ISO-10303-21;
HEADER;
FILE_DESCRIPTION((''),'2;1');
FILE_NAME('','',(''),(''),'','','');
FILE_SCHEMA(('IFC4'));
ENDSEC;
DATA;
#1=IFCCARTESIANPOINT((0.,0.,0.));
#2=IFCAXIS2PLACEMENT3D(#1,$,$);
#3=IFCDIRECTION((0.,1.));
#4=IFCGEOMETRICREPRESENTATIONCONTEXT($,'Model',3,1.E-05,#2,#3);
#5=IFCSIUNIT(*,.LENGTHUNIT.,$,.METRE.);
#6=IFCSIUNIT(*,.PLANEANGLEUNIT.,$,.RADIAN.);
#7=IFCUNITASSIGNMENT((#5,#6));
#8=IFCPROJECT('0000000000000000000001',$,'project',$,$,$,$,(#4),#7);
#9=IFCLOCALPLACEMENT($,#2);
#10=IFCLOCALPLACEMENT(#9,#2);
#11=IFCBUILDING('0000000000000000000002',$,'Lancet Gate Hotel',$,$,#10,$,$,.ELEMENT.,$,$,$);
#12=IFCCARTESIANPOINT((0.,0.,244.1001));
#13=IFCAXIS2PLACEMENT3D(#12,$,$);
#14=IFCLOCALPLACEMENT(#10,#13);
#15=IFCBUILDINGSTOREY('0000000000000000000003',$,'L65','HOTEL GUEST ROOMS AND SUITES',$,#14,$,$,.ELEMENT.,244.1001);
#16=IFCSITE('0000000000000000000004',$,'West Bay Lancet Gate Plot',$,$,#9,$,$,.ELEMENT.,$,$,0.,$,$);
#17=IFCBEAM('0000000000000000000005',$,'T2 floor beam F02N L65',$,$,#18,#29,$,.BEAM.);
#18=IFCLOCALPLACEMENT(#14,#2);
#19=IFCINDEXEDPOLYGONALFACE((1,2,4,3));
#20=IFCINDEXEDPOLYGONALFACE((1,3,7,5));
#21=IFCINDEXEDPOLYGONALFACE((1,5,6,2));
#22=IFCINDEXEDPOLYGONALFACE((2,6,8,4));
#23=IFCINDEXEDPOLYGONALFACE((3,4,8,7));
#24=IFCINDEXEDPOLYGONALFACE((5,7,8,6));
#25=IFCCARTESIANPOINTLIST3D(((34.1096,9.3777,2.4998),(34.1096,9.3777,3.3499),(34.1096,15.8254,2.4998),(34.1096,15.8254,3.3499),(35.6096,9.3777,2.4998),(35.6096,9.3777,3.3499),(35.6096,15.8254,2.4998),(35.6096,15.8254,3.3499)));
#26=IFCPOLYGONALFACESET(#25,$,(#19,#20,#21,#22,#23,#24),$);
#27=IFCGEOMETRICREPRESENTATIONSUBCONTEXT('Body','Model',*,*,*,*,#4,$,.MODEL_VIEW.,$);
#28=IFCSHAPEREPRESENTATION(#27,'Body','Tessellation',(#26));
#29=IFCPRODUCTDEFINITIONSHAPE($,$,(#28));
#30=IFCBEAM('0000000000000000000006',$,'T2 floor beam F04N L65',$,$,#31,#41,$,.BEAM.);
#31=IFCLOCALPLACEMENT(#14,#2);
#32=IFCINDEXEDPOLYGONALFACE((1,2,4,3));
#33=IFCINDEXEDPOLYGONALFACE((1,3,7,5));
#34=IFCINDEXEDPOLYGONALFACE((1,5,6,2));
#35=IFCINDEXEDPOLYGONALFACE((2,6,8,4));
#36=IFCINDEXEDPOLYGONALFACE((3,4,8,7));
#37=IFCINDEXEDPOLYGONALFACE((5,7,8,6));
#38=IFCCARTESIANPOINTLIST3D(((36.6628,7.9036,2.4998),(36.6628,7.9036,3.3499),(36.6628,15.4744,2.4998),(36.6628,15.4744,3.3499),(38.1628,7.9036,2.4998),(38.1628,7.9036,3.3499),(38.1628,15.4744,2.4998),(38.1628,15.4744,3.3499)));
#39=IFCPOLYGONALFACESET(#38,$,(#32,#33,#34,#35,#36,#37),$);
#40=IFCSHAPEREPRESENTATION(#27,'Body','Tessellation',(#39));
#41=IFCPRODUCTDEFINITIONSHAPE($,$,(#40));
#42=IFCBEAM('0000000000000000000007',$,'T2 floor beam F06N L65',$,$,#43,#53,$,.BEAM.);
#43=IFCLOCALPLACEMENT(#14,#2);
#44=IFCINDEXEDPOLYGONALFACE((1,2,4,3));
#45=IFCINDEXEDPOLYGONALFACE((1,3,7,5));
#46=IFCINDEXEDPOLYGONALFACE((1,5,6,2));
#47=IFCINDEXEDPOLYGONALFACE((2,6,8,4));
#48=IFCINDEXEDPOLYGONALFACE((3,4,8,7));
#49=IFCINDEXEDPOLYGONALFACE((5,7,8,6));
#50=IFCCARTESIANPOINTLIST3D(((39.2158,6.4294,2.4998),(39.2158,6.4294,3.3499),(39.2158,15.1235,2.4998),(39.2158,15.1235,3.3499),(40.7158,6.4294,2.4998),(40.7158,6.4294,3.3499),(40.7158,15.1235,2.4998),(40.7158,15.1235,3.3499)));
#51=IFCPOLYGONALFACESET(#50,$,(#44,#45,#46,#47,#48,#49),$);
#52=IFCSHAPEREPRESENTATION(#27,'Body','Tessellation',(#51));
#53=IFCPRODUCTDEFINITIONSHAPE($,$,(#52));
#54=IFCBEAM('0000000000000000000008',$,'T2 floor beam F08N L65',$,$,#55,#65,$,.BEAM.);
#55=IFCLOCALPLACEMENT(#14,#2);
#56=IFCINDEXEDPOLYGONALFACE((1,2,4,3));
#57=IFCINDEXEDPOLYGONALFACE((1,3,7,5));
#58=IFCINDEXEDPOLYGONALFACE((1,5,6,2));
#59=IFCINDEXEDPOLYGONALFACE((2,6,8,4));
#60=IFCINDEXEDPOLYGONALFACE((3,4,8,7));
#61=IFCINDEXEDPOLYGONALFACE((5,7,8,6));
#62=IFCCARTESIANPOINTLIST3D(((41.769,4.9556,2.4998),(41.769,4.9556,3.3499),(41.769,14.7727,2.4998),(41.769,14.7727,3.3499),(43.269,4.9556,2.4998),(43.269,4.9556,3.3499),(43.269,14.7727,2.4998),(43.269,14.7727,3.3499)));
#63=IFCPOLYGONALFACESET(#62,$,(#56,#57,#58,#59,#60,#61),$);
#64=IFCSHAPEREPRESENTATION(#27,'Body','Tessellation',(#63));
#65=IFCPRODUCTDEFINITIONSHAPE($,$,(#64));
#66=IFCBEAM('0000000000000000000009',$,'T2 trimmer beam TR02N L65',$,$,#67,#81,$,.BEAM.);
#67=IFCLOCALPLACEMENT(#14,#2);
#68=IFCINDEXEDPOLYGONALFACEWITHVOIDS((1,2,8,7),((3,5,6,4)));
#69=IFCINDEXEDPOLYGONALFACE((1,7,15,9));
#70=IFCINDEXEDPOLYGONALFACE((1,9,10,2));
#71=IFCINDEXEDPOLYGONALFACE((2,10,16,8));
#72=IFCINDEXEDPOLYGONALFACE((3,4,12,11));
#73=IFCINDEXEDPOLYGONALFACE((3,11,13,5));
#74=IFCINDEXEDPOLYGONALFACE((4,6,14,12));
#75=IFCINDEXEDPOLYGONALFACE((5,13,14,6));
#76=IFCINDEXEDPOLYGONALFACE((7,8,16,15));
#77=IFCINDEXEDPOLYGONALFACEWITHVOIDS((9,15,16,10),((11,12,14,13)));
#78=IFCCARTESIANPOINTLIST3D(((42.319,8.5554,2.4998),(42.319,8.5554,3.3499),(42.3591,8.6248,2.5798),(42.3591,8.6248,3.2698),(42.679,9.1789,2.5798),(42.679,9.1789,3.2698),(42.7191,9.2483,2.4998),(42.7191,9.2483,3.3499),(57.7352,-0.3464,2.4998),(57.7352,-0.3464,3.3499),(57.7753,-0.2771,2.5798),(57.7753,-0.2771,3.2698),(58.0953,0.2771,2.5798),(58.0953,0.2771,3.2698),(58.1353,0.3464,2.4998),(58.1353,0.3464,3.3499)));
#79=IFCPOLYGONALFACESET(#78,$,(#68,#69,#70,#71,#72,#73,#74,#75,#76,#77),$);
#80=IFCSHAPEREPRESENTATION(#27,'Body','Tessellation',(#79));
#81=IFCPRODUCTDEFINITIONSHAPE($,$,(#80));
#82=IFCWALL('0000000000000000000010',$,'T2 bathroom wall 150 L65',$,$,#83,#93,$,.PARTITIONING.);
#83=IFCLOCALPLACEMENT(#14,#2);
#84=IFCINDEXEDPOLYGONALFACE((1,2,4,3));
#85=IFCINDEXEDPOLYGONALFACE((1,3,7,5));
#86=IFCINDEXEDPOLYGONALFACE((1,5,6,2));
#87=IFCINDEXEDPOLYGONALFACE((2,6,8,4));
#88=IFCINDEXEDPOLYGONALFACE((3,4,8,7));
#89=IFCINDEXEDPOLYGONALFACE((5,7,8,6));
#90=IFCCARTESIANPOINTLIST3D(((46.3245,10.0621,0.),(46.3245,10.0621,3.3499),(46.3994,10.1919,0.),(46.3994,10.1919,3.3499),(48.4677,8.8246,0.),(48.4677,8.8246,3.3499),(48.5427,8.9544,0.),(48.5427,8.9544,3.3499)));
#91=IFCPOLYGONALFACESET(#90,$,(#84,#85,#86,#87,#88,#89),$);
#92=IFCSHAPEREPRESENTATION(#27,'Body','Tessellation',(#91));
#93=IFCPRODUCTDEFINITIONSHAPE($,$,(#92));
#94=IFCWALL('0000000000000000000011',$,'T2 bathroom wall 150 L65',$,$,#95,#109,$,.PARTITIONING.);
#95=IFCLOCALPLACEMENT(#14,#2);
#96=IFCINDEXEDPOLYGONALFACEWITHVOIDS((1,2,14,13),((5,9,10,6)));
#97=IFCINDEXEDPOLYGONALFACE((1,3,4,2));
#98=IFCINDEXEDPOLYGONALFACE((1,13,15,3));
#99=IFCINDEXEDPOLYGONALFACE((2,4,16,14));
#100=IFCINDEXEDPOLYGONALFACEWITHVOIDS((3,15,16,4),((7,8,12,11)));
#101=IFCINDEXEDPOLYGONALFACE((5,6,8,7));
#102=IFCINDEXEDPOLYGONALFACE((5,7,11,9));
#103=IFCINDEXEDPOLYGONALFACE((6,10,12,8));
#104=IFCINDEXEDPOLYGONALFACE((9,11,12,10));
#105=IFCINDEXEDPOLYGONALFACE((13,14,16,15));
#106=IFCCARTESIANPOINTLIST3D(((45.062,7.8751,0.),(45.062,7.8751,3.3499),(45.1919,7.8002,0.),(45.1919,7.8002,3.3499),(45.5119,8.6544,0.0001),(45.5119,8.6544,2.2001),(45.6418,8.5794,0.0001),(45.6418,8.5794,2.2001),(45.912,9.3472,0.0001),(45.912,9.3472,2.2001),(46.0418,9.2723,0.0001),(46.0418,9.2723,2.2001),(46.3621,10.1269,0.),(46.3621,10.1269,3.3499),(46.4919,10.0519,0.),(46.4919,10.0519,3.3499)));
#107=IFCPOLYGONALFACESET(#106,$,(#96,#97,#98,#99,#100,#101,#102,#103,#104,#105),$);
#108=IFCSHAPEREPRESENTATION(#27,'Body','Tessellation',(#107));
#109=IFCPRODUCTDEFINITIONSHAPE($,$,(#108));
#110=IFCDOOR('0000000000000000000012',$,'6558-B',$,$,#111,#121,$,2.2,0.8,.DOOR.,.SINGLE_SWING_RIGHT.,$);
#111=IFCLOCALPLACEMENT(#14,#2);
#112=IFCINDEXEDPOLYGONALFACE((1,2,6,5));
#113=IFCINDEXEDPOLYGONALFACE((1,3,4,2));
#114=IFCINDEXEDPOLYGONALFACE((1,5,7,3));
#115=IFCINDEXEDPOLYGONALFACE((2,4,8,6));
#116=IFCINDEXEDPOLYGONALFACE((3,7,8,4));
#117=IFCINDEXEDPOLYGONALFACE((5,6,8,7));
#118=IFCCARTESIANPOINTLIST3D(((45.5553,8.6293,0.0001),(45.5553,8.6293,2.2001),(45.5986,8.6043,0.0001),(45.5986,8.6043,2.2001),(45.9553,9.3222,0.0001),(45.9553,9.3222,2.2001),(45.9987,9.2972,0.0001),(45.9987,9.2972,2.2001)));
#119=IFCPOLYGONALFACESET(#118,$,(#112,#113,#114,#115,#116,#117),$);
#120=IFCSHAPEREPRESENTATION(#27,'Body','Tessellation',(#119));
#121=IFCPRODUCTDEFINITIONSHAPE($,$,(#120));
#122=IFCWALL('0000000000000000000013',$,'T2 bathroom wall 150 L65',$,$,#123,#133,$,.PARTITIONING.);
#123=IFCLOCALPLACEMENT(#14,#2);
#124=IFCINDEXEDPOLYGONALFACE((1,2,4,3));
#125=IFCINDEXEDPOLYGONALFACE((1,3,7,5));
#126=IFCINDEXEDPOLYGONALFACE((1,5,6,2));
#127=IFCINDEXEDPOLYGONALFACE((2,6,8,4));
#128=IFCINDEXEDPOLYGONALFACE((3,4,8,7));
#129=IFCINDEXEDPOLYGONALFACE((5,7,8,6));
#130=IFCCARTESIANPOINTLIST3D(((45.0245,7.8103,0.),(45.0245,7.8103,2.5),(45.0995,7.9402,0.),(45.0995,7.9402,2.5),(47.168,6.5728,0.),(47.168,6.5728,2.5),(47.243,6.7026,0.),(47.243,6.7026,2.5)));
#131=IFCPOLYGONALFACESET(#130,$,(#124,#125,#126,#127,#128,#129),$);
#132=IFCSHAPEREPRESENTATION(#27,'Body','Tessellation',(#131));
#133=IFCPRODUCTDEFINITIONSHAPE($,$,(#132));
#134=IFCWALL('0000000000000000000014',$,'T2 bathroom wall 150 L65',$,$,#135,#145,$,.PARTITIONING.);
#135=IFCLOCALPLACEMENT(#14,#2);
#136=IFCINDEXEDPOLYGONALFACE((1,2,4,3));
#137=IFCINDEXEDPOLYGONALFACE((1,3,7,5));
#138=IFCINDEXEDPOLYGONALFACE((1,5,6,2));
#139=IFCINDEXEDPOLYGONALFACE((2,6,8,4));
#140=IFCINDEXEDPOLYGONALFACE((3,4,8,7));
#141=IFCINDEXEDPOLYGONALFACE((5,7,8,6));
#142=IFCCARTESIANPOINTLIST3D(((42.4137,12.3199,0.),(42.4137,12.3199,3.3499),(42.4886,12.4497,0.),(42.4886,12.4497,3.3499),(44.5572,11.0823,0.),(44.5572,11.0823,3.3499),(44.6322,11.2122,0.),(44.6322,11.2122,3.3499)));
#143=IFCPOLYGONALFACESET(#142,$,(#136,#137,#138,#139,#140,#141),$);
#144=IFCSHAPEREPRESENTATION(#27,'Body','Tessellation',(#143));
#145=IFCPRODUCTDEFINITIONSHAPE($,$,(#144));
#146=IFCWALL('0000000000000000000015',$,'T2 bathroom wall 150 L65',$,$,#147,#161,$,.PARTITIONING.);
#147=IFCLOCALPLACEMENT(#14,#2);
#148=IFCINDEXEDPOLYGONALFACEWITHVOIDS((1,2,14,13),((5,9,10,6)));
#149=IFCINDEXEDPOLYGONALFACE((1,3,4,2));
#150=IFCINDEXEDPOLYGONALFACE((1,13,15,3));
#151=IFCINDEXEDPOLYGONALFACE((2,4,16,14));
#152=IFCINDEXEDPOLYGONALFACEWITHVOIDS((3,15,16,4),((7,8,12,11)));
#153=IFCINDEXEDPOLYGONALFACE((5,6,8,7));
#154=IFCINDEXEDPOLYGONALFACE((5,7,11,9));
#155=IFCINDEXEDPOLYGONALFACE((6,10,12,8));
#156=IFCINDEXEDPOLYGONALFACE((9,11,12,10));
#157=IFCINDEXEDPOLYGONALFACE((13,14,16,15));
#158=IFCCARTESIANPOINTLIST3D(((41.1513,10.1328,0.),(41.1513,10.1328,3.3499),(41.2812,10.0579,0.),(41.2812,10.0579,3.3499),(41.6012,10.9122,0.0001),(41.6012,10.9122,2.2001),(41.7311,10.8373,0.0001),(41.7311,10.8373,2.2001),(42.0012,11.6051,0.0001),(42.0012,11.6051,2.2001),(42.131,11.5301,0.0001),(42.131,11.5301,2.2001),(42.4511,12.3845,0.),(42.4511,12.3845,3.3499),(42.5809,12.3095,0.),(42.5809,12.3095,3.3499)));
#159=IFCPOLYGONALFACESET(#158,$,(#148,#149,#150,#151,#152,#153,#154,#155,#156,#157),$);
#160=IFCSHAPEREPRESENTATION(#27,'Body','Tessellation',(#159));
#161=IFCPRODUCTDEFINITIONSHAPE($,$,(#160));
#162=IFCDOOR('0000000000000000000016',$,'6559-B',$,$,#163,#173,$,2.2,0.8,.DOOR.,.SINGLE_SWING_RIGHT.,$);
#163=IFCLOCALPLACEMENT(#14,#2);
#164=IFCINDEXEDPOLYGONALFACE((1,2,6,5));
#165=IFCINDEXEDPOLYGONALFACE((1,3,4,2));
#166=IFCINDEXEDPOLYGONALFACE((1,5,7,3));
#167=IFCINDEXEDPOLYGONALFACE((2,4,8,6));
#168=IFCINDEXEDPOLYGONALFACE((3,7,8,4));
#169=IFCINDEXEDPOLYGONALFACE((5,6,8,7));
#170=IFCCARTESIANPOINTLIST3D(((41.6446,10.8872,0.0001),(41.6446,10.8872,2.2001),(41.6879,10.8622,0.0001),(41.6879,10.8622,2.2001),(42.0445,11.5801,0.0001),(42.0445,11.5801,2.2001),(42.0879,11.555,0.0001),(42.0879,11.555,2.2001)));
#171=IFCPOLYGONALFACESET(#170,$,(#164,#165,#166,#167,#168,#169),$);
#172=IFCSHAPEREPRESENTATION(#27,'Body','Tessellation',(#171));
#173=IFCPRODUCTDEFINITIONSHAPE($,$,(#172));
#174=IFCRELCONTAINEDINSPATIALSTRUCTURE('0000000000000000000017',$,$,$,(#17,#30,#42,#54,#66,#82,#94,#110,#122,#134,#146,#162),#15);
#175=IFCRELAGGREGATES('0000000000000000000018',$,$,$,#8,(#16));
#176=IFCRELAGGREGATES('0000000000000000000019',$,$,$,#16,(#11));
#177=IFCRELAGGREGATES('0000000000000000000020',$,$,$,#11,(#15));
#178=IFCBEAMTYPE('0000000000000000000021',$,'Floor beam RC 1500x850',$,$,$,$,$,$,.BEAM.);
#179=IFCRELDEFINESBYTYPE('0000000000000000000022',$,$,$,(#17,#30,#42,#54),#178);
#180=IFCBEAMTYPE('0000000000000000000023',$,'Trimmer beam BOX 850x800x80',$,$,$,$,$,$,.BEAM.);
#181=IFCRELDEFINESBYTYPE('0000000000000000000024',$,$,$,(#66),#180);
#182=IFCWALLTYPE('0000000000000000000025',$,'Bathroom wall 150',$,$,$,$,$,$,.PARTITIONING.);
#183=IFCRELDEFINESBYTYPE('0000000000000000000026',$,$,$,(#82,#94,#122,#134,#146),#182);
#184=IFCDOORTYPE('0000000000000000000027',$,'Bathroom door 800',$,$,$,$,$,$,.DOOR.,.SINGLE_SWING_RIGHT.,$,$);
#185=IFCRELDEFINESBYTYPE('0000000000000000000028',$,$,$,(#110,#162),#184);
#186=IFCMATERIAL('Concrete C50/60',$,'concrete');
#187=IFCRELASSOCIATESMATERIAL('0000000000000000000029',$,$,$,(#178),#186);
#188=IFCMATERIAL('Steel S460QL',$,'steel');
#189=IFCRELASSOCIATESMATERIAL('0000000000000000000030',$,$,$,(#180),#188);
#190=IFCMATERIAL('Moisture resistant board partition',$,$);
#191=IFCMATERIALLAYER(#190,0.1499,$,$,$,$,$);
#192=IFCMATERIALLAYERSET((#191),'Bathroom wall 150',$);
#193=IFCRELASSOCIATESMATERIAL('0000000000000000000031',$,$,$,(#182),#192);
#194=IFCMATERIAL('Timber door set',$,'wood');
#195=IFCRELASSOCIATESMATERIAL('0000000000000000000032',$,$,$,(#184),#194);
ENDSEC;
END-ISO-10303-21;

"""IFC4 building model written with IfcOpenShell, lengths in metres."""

from ifc_helpers import new_model, si_unit, direction, frame, frame_2d, origin, origin_2d, place, context, subcontext, project, spatial, rectangle, hollow_rectangle, extrude, material, layer, layer_set, material_profile, profile_set, type_object, element, fill, save


model = new_model("IFC4")

# Units and contexts
model_context = context("Model", 3, precision=1e-05, world=origin(), true_north=direction((0.0, 1.0)))
body_context = subcontext(model_context, "Body", "Model", "MODEL_VIEW")
ifc_project = project(units=[si_unit("LENGTHUNIT", "METRE"), si_unit("PLANEANGLEUNIT", "RADIAN")], contexts=[model_context])

# Site, building, storey
site_placement = place(None, origin())
site = spatial("IfcSite", under=ifc_project, at=site_placement, Name="West Bay Lancet Gate Plot", CompositionType="ELEMENT", RefElevation=0.0)
building_placement = place(site_placement, origin())
building = spatial("IfcBuilding", under=site, at=building_placement, Name="Lancet Gate Hotel", CompositionType="ELEMENT")
storey_placement = place(building_placement, frame((0.0, 0.0, 244.1001)))
storey = spatial("IfcBuildingStorey", under=building, at=storey_placement, Name="L65", Description="HOTEL GUEST ROOMS AND SUITES", CompositionType="ELEMENT", Elevation=244.1001)

# Beams
ifc_material_1 = material(Name="Concrete C50/60", Category="concrete")
ifc_material_profile_1 = material_profile(ifc_material_1, rectangle(XDim=1.5, YDim=0.8501, at=origin_2d()), Name="RC 1500x850")
ifc_profile_set_1 = profile_set([ifc_material_profile_1], Name="Concrete C50/60")
beam_type_1 = type_object("IfcBeamType", Name="Floor beam RC 1500x850", PredefinedType="BEAM", material=ifc_profile_set_1)
beam_1_placement = place(storey_placement, frame((34.8596, 9.3777, 2.9248), z_axis=(0.0, 1.0, 0.0), x_axis=(-1.0, 0.0, 0.0)))
element("IfcBeam", 1, at=beam_1_placement, inside=storey, type_object=beam_type_1, Name="T2 floor beam F02N L65", PredefinedType="BEAM", context=body_context, shape_type="SweptSolid", body=[
    extrude(rectangle(XDim=1.5, YDim=0.8501, at=origin_2d()), origin(), (0.0, 0.0, 1.0), 6.4478),
])
beam_2_placement = place(storey_placement, frame((37.4128, 7.9036, 2.9248), z_axis=(0.0, 1.0, 0.0), x_axis=(-1.0, 0.0, 0.0)))
element("IfcBeam", 2, at=beam_2_placement, inside=storey, type_object=beam_type_1, Name="T2 floor beam F04N L65", PredefinedType="BEAM", context=body_context, shape_type="SweptSolid", body=[
    extrude(rectangle(XDim=1.5, YDim=0.8501, at=origin_2d()), origin(), (0.0, 0.0, 1.0), 7.5708),
])
beam_3_placement = place(storey_placement, frame((39.9658, 6.4294, 2.9248), z_axis=(0.0, 1.0, 0.0), x_axis=(-1.0, 0.0, 0.0)))
element("IfcBeam", 3, at=beam_3_placement, inside=storey, type_object=beam_type_1, Name="T2 floor beam F06N L65", PredefinedType="BEAM", context=body_context, shape_type="SweptSolid", body=[
    extrude(rectangle(XDim=1.5, YDim=0.8501, at=origin_2d()), origin(), (0.0, 0.0, 1.0), 8.6941),
])
beam_4_placement = place(storey_placement, frame((42.519, 4.9556, 2.9248), z_axis=(0.0, 1.0, 0.0), x_axis=(-1.0, 0.0, 0.0)))
element("IfcBeam", 4, at=beam_4_placement, inside=storey, type_object=beam_type_1, Name="T2 floor beam F08N L65", PredefinedType="BEAM", context=body_context, shape_type="SweptSolid", body=[
    extrude(rectangle(XDim=1.5, YDim=0.8501, at=origin_2d()), origin(), (0.0, 0.0, 1.0), 9.8171),
])
ifc_material_2 = material(Name="Steel S460QL", Category="steel")
ifc_material_profile_2 = material_profile(ifc_material_2, hollow_rectangle(XDim=0.8, YDim=0.8501, WallThickness=0.0801, at=origin_2d()), Name="BOX 850x800x80")
ifc_profile_set_2 = profile_set([ifc_material_profile_2], Name="Steel S460QL")
beam_type_2 = type_object("IfcBeamType", Name="Trimmer beam BOX 850x800x80", PredefinedType="BEAM", material=ifc_profile_set_2)
beam_5_placement = place(storey_placement, frame((42.519, 8.9019, 2.9248), z_axis=(0.865994, -0.500054, 0.0), x_axis=(0.500054, 0.865994, 0.0)))
element("IfcBeam", 5, at=beam_5_placement, inside=storey, type_object=beam_type_2, Name="T2 trimmer beam TR02N L65", PredefinedType="BEAM", context=body_context, shape_type="SweptSolid", body=[
    extrude(hollow_rectangle(XDim=0.8, YDim=0.8501, WallThickness=0.0801, at=origin_2d()), origin(), (0.0, 0.0, 1.0), 17.8018),
])

# Wall
ifc_material_3 = material(Name="Moisture resistant board partition")
ifc_layer_1 = layer(ifc_material_3, 0.1499)
ifc_layer_set_1 = layer_set([ifc_layer_1], Name="Bathroom wall 150")
wall_type_1 = type_object("IfcWallType", Name="Bathroom wall 150", PredefinedType="PARTITIONING", material=ifc_layer_set_1)
wall_1_placement = place(storey_placement, frame((46.3621, 10.127, 0.0), z_axis=(0.0, 0.0, 1.0), x_axis=(0.866007, -0.500033, 0.0)))
element("IfcWall", 6, at=wall_1_placement, inside=storey, type_object=wall_type_1, Name="T2 bathroom wall 150 L65", PredefinedType="PARTITIONING", context=body_context, shape_type="SweptSolid", body=[
    extrude(rectangle(XDim=2.4749, YDim=0.1499, at=frame_2d((1.2373, 0.0))), origin(), (0.0, 0.0, 1.0), 3.3499),
])

# Wall, opening, door
wall_2_placement = place(storey_placement, frame((45.127, 7.8376, 0.0), z_axis=(0.0, 0.0, 1.0), x_axis=(0.500007, 0.866021, 0.0)))
wall_2 = element("IfcWall", 7, at=wall_2_placement, inside=storey, type_object=wall_type_1, Name="T2 bathroom wall 150 L65", PredefinedType="PARTITIONING", context=body_context, shape_type="SweptSolid", body=[
    extrude(rectangle(XDim=2.6001, YDim=0.1499, at=frame_2d((1.3, 0.0))), origin(), (0.0, 0.0, 1.0), 3.3499),
])
opening_1_placement = place(wall_2_placement, frame((0.8999, 0.0, 0.0)))
opening_1 = element("IfcOpeningElement", 8, at=opening_1_placement, cuts=wall_2, PredefinedType="OPENING", context=body_context, shape_type="SweptSolid", body=[
    extrude(rectangle(XDim=0.8, YDim=2.2, at=frame_2d((0.3999, 1.1001))), frame((0.0, 0.085, 0.0), z_axis=(0.0, -1.0, 0.0), x_axis=(1.0, 0.0, 0.0)), (0.0, 0.0, 1.0), 0.1699),
])
ifc_material_4 = material(Name="Timber door set", Category="wood")
door_type_1 = type_object("IfcDoorType", Name="Bathroom door 800", OperationType="SINGLE_SWING_RIGHT", PredefinedType="DOOR", material=ifc_material_4)
door_1_placement = place(opening_1_placement, origin())
door_1 = element("IfcDoor", 9, at=door_1_placement, inside=storey, type_object=door_type_1, Name="6558-B", OperationType="SINGLE_SWING_RIGHT", OverallHeight=2.2, OverallWidth=0.8, PredefinedType="DOOR", context=body_context, shape_type="SweptSolid", body=[
    extrude(rectangle(XDim=0.8, YDim=2.2, at=frame_2d((0.3999, 1.1001))), frame((0.0, 0.0249, 0.0), z_axis=(0.0, -1.0, 0.0), x_axis=(1.0, 0.0, 0.0)), (0.0, 0.0, 1.0), 0.05),
])
fill(opening_1, door_1)

# Walls
wall_3_placement = place(storey_placement, frame((45.062, 7.8752, 0.0), z_axis=(0.0, 0.0, 1.0), x_axis=(0.866031, -0.49999, 0.0)))
element("IfcWall", 10, at=wall_3_placement, inside=storey, type_object=wall_type_1, Name="T2 bathroom wall 150 L65", PredefinedType="PARTITIONING", context=body_context, shape_type="SweptSolid", body=[
    extrude(rectangle(XDim=2.4751, YDim=0.1499, at=frame_2d((1.2375, 0.0))), origin(), (0.0, 0.0, 1.0), 2.5),
])
wall_4_placement = place(storey_placement, frame((42.4512, 12.3848, 0.0), z_axis=(0.0, 0.0, 1.0), x_axis=(0.866031, -0.49999, 0.0)))
element("IfcWall", 11, at=wall_4_placement, inside=storey, type_object=wall_type_1, Name="T2 bathroom wall 150 L65", PredefinedType="PARTITIONING", context=body_context, shape_type="SweptSolid", body=[
    extrude(rectangle(XDim=2.4751, YDim=0.1499, at=frame_2d((1.2375, 0.0))), origin(), (0.0, 0.0, 1.0), 3.3499),
])

# Wall, opening, door
wall_5_placement = place(storey_placement, frame((41.2163, 10.0955, 0.0), z_axis=(0.0, 0.0, 1.0), x_axis=(0.499937, 0.866062, 0.0)))
wall_5 = element("IfcWall", 12, at=wall_5_placement, inside=storey, type_object=wall_type_1, Name="T2 bathroom wall 150 L65", PredefinedType="PARTITIONING", context=body_context, shape_type="SweptSolid", body=[
    extrude(rectangle(XDim=2.5999, YDim=0.1499, at=frame_2d((1.2998, 0.0))), origin(), (0.0, 0.0, 1.0), 3.3499),
])
opening_2_placement = place(wall_5_placement, frame((0.8999, 0.0, 0.0)))
opening_2 = element("IfcOpeningElement", 13, at=opening_2_placement, cuts=wall_5, PredefinedType="OPENING", context=body_context, shape_type="SweptSolid", body=[
    extrude(rectangle(XDim=0.8, YDim=2.2, at=frame_2d((0.3999, 1.1001))), frame((0.0, 0.085, 0.0), z_axis=(0.0, -1.0, 0.0), x_axis=(1.0, 0.0, 0.0)), (0.0, 0.0, 1.0), 0.1699),
])
door_2_placement = place(opening_2_placement, origin())
door_2 = element("IfcDoor", 14, at=door_2_placement, inside=storey, type_object=door_type_1, Name="6559-B", OperationType="SINGLE_SWING_RIGHT", OverallHeight=2.2, OverallWidth=0.8, PredefinedType="DOOR", context=body_context, shape_type="SweptSolid", body=[
    extrude(rectangle(XDim=0.8, YDim=2.2, at=frame_2d((0.3999, 1.1001))), frame((0.0, 0.0249, 0.0), z_axis=(0.0, -1.0, 0.0), x_axis=(1.0, 0.0, 0.0)), (0.0, 0.0, 1.0), 0.05),
])
fill(opening_2, door_2)

save(model, "model.ifc")
